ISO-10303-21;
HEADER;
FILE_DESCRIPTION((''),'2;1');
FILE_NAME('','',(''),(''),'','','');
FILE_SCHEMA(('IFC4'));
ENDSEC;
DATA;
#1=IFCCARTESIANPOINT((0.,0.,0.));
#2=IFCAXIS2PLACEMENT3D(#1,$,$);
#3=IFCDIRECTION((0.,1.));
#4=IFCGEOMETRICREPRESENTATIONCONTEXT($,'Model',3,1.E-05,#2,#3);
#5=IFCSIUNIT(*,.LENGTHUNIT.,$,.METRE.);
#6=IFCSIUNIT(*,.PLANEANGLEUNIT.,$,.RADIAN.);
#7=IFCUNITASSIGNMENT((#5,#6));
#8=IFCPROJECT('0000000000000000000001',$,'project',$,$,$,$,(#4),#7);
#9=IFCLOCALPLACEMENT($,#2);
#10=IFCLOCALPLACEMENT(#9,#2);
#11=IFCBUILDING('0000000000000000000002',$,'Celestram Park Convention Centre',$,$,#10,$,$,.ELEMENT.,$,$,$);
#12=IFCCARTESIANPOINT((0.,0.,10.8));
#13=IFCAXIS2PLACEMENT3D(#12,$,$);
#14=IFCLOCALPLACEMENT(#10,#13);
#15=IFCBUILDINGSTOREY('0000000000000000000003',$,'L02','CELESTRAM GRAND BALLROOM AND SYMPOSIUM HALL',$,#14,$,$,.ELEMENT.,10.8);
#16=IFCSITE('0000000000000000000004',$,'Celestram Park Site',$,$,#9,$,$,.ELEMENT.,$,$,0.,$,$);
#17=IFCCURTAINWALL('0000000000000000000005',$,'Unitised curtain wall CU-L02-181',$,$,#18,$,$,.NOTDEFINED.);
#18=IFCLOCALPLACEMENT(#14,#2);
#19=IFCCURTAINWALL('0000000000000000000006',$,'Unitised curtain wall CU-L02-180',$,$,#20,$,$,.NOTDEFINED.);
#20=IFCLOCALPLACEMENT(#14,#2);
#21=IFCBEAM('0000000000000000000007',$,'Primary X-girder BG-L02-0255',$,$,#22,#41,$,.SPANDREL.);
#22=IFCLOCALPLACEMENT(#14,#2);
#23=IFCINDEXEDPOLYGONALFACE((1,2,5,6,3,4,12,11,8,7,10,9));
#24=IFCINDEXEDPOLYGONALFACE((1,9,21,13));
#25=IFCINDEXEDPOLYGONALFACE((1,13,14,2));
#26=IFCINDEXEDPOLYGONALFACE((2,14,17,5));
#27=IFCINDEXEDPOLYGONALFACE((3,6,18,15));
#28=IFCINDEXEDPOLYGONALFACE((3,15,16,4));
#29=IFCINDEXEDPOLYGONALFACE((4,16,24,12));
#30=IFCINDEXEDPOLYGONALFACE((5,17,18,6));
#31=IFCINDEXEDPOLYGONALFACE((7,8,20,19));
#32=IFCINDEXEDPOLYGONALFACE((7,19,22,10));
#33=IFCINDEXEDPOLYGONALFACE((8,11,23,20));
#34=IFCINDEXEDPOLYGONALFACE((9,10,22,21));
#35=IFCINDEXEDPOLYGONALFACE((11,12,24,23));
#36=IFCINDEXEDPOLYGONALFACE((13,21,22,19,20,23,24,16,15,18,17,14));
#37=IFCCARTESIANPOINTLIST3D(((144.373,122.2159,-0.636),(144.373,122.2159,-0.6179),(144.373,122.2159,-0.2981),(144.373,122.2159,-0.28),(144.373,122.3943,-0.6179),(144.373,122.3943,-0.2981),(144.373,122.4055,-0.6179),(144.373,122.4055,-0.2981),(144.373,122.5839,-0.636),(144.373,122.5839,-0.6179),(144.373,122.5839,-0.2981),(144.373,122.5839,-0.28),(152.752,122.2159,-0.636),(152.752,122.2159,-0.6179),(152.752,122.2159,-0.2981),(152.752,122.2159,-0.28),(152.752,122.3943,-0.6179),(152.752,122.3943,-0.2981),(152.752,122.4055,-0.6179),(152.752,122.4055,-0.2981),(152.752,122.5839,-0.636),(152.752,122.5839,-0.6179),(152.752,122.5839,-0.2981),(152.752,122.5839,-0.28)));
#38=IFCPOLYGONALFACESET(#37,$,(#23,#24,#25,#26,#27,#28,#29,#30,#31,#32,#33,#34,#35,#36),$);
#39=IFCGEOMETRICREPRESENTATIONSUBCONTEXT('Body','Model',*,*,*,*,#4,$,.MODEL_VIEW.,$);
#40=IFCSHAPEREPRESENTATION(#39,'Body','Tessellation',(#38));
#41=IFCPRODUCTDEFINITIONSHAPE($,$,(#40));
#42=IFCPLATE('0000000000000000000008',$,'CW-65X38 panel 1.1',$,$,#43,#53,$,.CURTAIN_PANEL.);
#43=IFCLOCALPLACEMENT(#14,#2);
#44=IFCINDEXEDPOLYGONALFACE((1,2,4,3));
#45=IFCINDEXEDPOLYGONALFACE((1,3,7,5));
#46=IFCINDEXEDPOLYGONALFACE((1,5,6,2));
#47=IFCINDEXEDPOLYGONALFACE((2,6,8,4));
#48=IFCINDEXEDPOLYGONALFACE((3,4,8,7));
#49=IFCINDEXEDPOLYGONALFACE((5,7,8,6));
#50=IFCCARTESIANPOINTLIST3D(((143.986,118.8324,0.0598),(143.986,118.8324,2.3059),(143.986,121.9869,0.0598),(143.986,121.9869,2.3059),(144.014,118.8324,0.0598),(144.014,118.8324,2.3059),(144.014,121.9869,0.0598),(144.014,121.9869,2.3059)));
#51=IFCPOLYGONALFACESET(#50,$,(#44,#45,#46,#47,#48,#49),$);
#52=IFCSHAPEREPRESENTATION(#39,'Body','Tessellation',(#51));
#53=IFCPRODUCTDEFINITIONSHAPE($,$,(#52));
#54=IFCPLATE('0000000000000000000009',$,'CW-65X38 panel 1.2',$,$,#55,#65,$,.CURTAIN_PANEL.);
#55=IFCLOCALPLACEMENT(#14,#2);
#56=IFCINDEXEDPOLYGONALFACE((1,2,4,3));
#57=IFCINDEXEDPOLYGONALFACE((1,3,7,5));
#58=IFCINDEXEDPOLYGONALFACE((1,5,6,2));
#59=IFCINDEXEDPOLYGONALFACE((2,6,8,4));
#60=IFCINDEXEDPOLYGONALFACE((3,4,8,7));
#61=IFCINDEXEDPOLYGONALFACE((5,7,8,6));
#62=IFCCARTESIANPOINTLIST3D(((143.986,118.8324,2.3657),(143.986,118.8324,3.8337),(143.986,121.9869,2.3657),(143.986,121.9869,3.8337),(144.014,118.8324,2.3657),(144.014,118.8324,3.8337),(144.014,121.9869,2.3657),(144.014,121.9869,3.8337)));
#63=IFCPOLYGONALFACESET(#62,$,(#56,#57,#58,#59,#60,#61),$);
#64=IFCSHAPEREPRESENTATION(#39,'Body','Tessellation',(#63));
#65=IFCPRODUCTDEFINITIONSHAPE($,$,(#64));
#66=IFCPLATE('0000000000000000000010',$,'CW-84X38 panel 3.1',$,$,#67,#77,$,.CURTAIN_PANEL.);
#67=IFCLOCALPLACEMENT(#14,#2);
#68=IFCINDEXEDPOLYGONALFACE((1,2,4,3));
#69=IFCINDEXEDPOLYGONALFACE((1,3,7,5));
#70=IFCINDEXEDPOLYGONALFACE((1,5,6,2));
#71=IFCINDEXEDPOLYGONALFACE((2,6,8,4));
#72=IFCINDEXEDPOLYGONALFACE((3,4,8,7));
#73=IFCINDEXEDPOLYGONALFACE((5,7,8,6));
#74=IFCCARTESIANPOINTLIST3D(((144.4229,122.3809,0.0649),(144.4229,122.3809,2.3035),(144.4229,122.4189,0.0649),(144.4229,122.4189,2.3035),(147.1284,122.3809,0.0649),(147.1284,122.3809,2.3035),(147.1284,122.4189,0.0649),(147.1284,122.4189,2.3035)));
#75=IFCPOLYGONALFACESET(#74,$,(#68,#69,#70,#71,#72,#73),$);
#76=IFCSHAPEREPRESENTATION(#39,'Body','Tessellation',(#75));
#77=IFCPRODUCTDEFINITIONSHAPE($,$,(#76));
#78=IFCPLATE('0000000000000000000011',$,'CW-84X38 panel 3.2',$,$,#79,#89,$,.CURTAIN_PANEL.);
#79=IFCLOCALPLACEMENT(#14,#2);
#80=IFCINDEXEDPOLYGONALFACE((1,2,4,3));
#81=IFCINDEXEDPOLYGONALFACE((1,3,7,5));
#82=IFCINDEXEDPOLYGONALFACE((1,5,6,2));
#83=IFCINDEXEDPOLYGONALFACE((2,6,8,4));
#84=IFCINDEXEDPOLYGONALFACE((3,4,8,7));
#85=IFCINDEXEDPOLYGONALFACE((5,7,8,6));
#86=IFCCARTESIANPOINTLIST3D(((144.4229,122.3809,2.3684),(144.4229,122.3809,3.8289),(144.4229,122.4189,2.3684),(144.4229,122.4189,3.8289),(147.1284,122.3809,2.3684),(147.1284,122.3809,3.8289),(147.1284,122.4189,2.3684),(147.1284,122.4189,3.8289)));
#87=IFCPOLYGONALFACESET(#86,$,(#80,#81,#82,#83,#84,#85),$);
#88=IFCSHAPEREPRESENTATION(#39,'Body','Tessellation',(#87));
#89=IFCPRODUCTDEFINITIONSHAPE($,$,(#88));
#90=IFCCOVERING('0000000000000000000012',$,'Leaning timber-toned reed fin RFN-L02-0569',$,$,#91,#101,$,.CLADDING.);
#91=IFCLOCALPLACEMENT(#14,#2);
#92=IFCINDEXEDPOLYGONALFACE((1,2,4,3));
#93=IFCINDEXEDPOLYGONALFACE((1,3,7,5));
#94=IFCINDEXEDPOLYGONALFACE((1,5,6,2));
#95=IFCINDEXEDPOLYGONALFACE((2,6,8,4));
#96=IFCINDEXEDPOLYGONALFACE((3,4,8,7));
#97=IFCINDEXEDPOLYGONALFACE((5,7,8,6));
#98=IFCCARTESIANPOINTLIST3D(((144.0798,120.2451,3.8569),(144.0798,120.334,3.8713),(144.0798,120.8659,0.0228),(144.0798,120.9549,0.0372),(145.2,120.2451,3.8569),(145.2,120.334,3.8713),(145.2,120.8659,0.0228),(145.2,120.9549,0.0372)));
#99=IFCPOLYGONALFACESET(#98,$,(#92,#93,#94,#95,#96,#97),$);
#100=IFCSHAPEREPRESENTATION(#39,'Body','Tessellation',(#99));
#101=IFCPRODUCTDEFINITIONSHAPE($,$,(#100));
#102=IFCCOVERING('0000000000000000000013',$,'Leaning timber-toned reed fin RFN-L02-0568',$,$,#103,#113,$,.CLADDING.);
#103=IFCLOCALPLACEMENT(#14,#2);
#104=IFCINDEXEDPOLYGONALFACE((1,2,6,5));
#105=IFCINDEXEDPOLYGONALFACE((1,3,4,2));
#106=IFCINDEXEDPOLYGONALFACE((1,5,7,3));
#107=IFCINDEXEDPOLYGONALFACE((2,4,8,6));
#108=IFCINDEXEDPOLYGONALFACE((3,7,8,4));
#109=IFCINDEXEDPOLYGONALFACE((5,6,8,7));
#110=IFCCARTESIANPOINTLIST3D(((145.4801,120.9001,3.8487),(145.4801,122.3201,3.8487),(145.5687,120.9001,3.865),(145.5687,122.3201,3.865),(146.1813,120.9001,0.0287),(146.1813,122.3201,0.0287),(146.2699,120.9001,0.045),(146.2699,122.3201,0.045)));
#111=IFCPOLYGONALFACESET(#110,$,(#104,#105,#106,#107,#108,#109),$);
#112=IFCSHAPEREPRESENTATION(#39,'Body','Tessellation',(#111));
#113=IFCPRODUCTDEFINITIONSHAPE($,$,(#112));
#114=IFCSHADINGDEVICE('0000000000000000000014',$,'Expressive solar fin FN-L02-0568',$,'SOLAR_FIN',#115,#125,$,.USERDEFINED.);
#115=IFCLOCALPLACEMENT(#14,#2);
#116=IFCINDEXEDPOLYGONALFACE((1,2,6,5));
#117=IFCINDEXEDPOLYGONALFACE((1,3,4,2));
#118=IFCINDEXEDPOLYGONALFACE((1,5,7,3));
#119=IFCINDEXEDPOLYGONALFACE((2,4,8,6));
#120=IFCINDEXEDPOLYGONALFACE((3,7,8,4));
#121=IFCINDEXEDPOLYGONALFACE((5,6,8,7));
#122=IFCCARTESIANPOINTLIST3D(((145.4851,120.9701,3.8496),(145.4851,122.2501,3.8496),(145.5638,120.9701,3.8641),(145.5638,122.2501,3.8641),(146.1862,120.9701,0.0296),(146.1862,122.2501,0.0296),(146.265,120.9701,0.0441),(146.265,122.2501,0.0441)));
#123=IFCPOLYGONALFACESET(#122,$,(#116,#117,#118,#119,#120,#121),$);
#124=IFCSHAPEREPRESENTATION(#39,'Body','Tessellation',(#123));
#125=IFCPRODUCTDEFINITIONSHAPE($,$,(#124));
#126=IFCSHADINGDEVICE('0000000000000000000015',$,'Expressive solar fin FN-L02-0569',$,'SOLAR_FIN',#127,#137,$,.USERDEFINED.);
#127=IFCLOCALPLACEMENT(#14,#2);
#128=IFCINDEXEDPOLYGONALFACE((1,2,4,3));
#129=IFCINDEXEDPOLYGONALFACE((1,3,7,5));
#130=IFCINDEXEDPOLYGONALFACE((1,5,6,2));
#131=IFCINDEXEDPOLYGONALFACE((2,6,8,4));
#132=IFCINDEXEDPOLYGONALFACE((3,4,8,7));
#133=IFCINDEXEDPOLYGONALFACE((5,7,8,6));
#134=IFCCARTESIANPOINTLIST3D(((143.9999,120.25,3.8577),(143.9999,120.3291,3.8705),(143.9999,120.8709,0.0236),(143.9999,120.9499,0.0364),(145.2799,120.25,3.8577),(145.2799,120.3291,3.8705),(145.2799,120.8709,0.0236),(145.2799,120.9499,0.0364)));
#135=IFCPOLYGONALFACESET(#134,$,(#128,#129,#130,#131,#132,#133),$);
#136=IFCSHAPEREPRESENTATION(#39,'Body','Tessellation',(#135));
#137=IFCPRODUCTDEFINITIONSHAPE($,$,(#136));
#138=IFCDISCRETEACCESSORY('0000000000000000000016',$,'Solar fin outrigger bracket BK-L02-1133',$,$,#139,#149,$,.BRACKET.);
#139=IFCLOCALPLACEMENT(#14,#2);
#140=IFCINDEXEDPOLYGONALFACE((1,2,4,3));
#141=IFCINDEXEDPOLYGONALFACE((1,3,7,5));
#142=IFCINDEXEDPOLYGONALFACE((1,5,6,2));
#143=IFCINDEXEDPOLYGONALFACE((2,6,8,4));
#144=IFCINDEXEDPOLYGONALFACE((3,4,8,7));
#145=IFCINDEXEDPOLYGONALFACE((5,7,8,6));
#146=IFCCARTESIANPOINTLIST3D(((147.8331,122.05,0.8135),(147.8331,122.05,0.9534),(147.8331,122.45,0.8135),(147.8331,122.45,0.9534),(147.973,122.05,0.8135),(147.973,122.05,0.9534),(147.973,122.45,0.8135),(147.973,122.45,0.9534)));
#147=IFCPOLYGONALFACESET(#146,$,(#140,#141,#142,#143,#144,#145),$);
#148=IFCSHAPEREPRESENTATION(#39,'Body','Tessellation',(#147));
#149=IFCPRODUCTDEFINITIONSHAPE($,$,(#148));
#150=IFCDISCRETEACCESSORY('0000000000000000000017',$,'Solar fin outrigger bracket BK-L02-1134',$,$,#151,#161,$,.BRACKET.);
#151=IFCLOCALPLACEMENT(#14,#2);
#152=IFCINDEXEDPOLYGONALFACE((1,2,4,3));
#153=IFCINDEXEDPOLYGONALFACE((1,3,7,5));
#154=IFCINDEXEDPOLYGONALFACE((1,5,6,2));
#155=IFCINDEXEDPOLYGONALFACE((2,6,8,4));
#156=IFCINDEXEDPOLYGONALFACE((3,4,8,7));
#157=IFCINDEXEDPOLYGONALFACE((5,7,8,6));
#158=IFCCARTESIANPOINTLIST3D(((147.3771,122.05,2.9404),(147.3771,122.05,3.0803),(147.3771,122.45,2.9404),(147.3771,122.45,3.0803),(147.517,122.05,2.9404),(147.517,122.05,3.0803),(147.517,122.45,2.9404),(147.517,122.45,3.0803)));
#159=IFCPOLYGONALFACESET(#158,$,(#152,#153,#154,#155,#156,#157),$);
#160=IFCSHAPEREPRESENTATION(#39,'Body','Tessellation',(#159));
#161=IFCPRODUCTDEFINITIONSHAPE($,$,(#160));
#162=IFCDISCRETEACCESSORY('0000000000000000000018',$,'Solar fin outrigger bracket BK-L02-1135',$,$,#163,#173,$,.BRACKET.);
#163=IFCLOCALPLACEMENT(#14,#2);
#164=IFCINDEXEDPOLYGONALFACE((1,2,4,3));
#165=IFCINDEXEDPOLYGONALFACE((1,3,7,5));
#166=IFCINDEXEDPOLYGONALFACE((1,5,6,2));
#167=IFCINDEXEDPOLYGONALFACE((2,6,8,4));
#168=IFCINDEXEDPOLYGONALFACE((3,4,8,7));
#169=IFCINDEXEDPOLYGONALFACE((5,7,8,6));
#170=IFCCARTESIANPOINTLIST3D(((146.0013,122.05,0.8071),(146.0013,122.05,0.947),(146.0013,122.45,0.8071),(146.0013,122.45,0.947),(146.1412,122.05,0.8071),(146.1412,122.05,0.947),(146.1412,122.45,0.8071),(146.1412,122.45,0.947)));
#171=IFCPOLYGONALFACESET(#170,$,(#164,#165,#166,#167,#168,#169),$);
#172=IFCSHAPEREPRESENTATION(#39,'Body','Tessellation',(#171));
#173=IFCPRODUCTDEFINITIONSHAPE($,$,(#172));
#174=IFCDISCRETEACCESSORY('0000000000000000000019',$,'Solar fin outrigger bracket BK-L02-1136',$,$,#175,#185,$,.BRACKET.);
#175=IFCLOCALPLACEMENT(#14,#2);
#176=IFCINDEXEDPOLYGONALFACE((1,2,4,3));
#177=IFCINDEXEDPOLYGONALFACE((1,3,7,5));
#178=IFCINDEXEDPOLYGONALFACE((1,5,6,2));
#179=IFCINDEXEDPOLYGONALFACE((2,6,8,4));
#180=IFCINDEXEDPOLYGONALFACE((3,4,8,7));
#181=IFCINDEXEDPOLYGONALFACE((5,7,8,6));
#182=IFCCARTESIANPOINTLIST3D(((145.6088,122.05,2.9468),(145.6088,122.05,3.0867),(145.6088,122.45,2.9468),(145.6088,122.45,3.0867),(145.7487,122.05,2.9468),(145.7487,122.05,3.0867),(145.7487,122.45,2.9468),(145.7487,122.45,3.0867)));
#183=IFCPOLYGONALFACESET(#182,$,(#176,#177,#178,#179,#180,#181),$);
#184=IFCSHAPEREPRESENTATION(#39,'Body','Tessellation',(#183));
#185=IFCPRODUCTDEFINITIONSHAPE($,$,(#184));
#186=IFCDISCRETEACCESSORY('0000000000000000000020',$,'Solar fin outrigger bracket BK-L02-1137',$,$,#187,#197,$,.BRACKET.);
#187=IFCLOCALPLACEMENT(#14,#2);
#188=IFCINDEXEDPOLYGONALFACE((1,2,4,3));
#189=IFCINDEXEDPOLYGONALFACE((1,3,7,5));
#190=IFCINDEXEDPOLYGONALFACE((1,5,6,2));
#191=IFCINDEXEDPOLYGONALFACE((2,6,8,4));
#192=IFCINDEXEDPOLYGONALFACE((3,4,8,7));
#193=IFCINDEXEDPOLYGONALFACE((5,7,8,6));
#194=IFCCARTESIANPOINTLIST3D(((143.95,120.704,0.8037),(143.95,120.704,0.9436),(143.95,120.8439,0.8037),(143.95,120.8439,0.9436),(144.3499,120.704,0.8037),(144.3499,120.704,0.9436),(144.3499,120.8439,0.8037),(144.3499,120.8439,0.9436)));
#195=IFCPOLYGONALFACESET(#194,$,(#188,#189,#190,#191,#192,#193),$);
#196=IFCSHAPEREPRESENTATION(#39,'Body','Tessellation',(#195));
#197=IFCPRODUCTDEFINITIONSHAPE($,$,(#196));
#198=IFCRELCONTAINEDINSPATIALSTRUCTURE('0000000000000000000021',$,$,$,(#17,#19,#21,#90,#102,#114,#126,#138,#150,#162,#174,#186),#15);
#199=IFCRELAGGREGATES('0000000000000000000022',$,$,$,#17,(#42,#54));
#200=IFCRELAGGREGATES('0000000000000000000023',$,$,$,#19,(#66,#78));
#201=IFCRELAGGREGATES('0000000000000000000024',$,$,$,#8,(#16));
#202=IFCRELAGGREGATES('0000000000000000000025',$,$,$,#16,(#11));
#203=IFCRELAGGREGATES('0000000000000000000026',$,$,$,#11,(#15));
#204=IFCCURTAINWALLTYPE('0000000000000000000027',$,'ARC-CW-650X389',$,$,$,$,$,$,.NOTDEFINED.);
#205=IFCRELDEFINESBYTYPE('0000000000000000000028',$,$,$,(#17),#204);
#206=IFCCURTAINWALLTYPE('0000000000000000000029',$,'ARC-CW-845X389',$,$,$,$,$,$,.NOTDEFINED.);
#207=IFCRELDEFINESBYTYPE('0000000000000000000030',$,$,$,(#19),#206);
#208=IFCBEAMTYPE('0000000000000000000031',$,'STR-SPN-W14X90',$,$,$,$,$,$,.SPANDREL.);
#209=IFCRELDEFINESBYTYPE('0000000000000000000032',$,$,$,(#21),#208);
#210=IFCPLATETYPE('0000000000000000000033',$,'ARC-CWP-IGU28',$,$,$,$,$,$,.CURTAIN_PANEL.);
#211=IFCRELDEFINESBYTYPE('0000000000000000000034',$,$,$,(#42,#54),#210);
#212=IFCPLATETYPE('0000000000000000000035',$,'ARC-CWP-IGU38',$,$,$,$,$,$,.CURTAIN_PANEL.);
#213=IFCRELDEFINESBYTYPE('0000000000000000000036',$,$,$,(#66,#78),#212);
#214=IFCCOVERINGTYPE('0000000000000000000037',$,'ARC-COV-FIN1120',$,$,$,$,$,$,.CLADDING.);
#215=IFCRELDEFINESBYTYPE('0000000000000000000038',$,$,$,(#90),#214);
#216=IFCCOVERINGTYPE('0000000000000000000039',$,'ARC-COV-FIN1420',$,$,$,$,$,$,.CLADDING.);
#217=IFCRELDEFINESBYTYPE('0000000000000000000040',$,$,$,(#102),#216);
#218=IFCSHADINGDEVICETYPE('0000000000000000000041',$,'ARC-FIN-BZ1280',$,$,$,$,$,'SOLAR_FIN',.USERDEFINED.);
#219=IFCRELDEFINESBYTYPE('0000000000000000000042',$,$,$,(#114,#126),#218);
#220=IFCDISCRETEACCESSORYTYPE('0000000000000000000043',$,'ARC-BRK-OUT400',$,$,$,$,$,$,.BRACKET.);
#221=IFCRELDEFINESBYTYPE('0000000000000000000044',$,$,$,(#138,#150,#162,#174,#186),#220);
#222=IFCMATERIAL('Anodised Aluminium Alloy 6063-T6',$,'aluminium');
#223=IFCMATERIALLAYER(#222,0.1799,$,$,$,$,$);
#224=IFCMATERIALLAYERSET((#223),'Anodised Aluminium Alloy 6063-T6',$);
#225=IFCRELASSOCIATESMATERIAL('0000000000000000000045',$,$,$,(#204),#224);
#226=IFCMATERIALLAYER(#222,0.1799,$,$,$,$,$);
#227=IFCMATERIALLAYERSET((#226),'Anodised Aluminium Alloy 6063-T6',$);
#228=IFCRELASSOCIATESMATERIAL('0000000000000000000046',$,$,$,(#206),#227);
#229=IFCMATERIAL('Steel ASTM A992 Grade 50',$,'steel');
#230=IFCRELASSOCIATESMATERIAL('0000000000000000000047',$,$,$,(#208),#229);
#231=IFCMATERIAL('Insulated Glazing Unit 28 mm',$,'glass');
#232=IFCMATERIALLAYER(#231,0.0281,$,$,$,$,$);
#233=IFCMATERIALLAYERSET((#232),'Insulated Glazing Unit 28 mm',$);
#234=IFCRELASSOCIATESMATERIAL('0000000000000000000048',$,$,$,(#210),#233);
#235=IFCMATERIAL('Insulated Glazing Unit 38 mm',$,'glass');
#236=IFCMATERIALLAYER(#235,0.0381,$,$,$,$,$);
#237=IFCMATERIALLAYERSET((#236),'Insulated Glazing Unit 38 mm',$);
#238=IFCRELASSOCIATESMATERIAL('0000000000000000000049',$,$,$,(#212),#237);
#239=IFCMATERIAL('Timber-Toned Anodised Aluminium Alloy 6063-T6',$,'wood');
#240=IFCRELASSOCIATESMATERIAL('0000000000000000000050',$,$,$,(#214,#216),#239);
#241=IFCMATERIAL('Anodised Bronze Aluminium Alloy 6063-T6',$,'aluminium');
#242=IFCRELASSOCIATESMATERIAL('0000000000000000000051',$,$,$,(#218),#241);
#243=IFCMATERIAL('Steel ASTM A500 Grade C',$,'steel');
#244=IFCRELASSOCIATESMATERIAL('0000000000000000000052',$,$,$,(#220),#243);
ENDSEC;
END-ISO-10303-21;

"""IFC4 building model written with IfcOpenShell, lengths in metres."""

from ifc_helpers import new_model, si_unit, direction, frame, origin, origin_2d, place, context, subcontext, project, spatial, rectangle, i_section, extrude, material, layer, layer_set, material_profile, profile_set, type_object, element, aggregate, save


model = new_model("IFC4")

# Units and contexts
model_context = context("Model", 3, precision=1e-05, world=origin(), true_north=direction((0.0, 1.0)))
body_context = subcontext(model_context, "Body", "Model", "MODEL_VIEW")
ifc_project = project(units=[si_unit("LENGTHUNIT", "METRE"), si_unit("PLANEANGLEUNIT", "RADIAN")], contexts=[model_context])

# Site, building, storey
site_placement = place(None, origin())
site = spatial("IfcSite", under=ifc_project, at=site_placement, Name="Celestram Park Site", CompositionType="ELEMENT", RefElevation=0.0)
building_placement = place(site_placement, origin())
building = spatial("IfcBuilding", under=site, at=building_placement, Name="Celestram Park Convention Centre", CompositionType="ELEMENT")
storey_placement = place(building_placement, frame((0.0, 0.0, 10.8)))
storey = spatial("IfcBuildingStorey", under=building, at=storey_placement, Name="L02", Description="CELESTRAM GRAND BALLROOM AND SYMPOSIUM HALL", CompositionType="ELEMENT", Elevation=10.8)

# Curtain wall
ifc_material_1 = material(Name="Anodised Aluminium Alloy 6063-T6", Category="aluminium")
ifc_layer_1 = layer(ifc_material_1, 0.1799)
ifc_layer_set_1 = layer_set([ifc_layer_1], Name="Anodised Aluminium Alloy 6063-T6")
curtain_wall_type_1 = type_object("IfcCurtainWallType", Name="ARC-CW-650X389", PredefinedType="NOTDEFINED", material=ifc_layer_set_1)
curtain_wall_1_placement = place(storey_placement, origin())
curtain_wall_1 = element("IfcCurtainWall", 1, at=curtain_wall_1_placement, inside=storey, type_object=curtain_wall_type_1, Name="Unitised curtain wall CU-L02-181", PredefinedType="NOTDEFINED")

# Curtain wall
ifc_layer_2 = layer(ifc_material_1, 0.1799)
ifc_layer_set_2 = layer_set([ifc_layer_2], Name="Anodised Aluminium Alloy 6063-T6")
curtain_wall_type_2 = type_object("IfcCurtainWallType", Name="ARC-CW-845X389", PredefinedType="NOTDEFINED", material=ifc_layer_set_2)
curtain_wall_2_placement = place(storey_placement, origin())
curtain_wall_2 = element("IfcCurtainWall", 2, at=curtain_wall_2_placement, inside=storey, type_object=curtain_wall_type_2, Name="Unitised curtain wall CU-L02-180", PredefinedType="NOTDEFINED")

# Beam
ifc_material_2 = material(Name="Steel ASTM A992 Grade 50", Category="steel")
ifc_material_profile_1 = material_profile(ifc_material_2, i_section(OverallWidth=0.3679, OverallDepth=0.356, WebThickness=0.0112, FlangeThickness=0.0181, at=origin_2d()), Name="W14X90")
ifc_profile_set_1 = profile_set([ifc_material_profile_1], Name="Steel ASTM A992 Grade 50")
beam_type = type_object("IfcBeamType", Name="STR-SPN-W14X90", PredefinedType="SPANDREL", material=ifc_profile_set_1)
beam_placement = place(storey_placement, frame((144.373, 122.3999, -0.458), z_axis=(1.0, 0.0, 0.0), x_axis=(0.0, 1.0, 0.0)))
element("IfcBeam", 3, at=beam_placement, inside=storey, type_object=beam_type, Name="Primary X-girder BG-L02-0255", PredefinedType="SPANDREL", context=body_context, shape_type="SweptSolid", body=[
    extrude(i_section(OverallWidth=0.3679, OverallDepth=0.356, WebThickness=0.0112, FlangeThickness=0.0181, at=origin_2d()), origin(), (0.0, 0.0, 1.0), 8.3789),
])

# Plates
ifc_material_3 = material(Name="Insulated Glazing Unit 28 mm", Category="glass")
ifc_layer_3 = layer(ifc_material_3, 0.0281)
ifc_layer_set_3 = layer_set([ifc_layer_3], Name="Insulated Glazing Unit 28 mm")
plate_type_1 = type_object("IfcPlateType", Name="ARC-CWP-IGU28", PredefinedType="CURTAIN_PANEL", material=ifc_layer_set_3)
plate_1_placement = place(storey_placement, frame((144.0, 120.4097, 0.0598), z_axis=(0.0, 0.0, 1.0), x_axis=(0.0, -1.0, 0.0)))
plate_1 = element("IfcPlate", 4, at=plate_1_placement, type_object=plate_type_1, Name="CW-65X38 panel 1.1", PredefinedType="CURTAIN_PANEL", context=body_context, shape_type="SweptSolid", body=[
    extrude(rectangle(XDim=3.1545, YDim=0.0281, at=origin_2d()), origin(), (0.0, 0.0, 1.0), 2.2461),
])
plate_2_placement = place(storey_placement, frame((144.0, 120.4097, 2.3657), z_axis=(0.0, 0.0, 1.0), x_axis=(0.0, -1.0, 0.0)))
plate_2 = element("IfcPlate", 5, at=plate_2_placement, type_object=plate_type_1, Name="CW-65X38 panel 1.2", PredefinedType="CURTAIN_PANEL", context=body_context, shape_type="SweptSolid", body=[
    extrude(rectangle(XDim=3.1545, YDim=0.0281, at=origin_2d()), origin(), (0.0, 0.0, 1.0), 1.468),
])
aggregate(curtain_wall_1, [plate_1, plate_2])
ifc_material_4 = material(Name="Insulated Glazing Unit 38 mm", Category="glass")
ifc_layer_4 = layer(ifc_material_4, 0.0381)
ifc_layer_set_4 = layer_set([ifc_layer_4], Name="Insulated Glazing Unit 38 mm")
plate_type_2 = type_object("IfcPlateType", Name="ARC-CWP-IGU38", PredefinedType="CURTAIN_PANEL", material=ifc_layer_set_4)
plate_3_placement = place(storey_placement, frame((145.7756, 122.3999, 0.0649), z_axis=(0.0, 0.0, 1.0), x_axis=(-1.0, 0.0, 0.0)))
plate_3 = element("IfcPlate", 6, at=plate_3_placement, type_object=plate_type_2, Name="CW-84X38 panel 3.1", PredefinedType="CURTAIN_PANEL", context=body_context, shape_type="SweptSolid", body=[
    extrude(rectangle(XDim=2.7056, YDim=0.0381, at=origin_2d()), origin(), (0.0, 0.0, 1.0), 2.2385),
])
plate_4_placement = place(storey_placement, frame((145.7756, 122.3999, 2.3684), z_axis=(0.0, 0.0, 1.0), x_axis=(-1.0, 0.0, 0.0)))
plate_4 = element("IfcPlate", 7, at=plate_4_placement, type_object=plate_type_2, Name="CW-84X38 panel 3.2", PredefinedType="CURTAIN_PANEL", context=body_context, shape_type="SweptSolid", body=[
    extrude(rectangle(XDim=2.7056, YDim=0.0381, at=origin_2d()), origin(), (0.0, 0.0, 1.0), 1.4604),
])
aggregate(curtain_wall_2, [plate_3, plate_4])

# Coverings
ifc_material_5 = material(Name="Timber-Toned Anodised Aluminium Alloy 6063-T6", Category="wood")
ifc_material_profile_2 = material_profile(ifc_material_5, rectangle(XDim=1.1201, YDim=0.0901, at=origin_2d()), Name="REED1120X90")
ifc_profile_set_2 = profile_set([ifc_material_profile_2], Name="Timber-Toned Anodised Aluminium Alloy 6063-T6")
covering_type_1 = type_object("IfcCoveringType", Name="ARC-COV-FIN1120", PredefinedType="CLADDING", material=ifc_profile_set_2)
covering_1_placement = place(storey_placement, frame((144.6399, 120.9104, 0.03), z_axis=(0.0, -0.159851, 0.987141), x_axis=(1.0, 0.0, 0.0)))
element("IfcCovering", 8, at=covering_1_placement, inside=storey, type_object=covering_type_1, Name="Leaning timber-toned reed fin RFN-L02-0569", PredefinedType="CLADDING", context=body_context, shape_type="SweptSolid", body=[
    extrude(rectangle(XDim=1.1201, YDim=0.0901, at=origin_2d()), origin(), (0.0, 0.0, 1.0), 3.884),
])
ifc_material_profile_3 = material_profile(ifc_material_5, rectangle(XDim=1.4199, YDim=0.0901, at=origin_2d()), Name="REED1420X90")
ifc_profile_set_3 = profile_set([ifc_material_profile_3], Name="Timber-Toned Anodised Aluminium Alloy 6063-T6")
covering_type_2 = type_object("IfcCoveringType", Name="ARC-COV-FIN1420", PredefinedType="CLADDING", material=ifc_profile_set_3)
covering_2_placement = place(storey_placement, frame((146.2256, 121.6101, 0.0369), z_axis=(-0.180534, 0.0, 0.983569), x_axis=(0.0, -1.0, 0.0)))
element("IfcCovering", 9, at=covering_2_placement, inside=storey, type_object=covering_type_2, Name="Leaning timber-toned reed fin RFN-L02-0568", PredefinedType="CLADDING", context=body_context, shape_type="SweptSolid", body=[
    extrude(rectangle(XDim=1.4199, YDim=0.0901, at=origin_2d()), origin(), (0.0, 0.0, 1.0), 3.8838),
])

# Shading devices
ifc_material_6 = material(Name="Anodised Bronze Aluminium Alloy 6063-T6", Category="aluminium")
ifc_material_profile_4 = material_profile(ifc_material_6, rectangle(XDim=1.28, YDim=0.0801, at=origin_2d()), Name="FIN1280X80")
ifc_profile_set_4 = profile_set([ifc_material_profile_4], Name="Anodised Bronze Aluminium Alloy 6063-T6")
shading_device_type = type_object("IfcShadingDeviceType", Name="ARC-FIN-BZ1280", ElementType="SOLAR_FIN", PredefinedType="USERDEFINED", material=ifc_profile_set_4)
shading_device_1_placement = place(storey_placement, frame((146.2256, 121.6101, 0.0369), z_axis=(-0.180534, 0.0, 0.983569), x_axis=(0.0, -1.0, 0.0)))
element("IfcShadingDevice", 10, at=shading_device_1_placement, inside=storey, type_object=shading_device_type, Name="Expressive solar fin FN-L02-0568", ObjectType="SOLAR_FIN", PredefinedType="USERDEFINED", context=body_context, shape_type="SweptSolid", body=[
    extrude(rectangle(XDim=1.28, YDim=0.0801, at=origin_2d()), origin(), (0.0, 0.0, 1.0), 3.8838),
])
shading_device_2_placement = place(storey_placement, frame((144.6399, 120.9104, 0.03), z_axis=(0.0, -0.159851, 0.987141), x_axis=(1.0, 0.0, 0.0)))
element("IfcShadingDevice", 11, at=shading_device_2_placement, inside=storey, type_object=shading_device_type, Name="Expressive solar fin FN-L02-0569", ObjectType="SOLAR_FIN", PredefinedType="USERDEFINED", context=body_context, shape_type="SweptSolid", body=[
    extrude(rectangle(XDim=1.28, YDim=0.0801, at=origin_2d()), origin(), (0.0, 0.0, 1.0), 3.884),
])

# Discrete accessories
ifc_material_7 = material(Name="Steel ASTM A500 Grade C", Category="steel")
discrete_accessory_type = type_object("IfcDiscreteAccessoryType", Name="ARC-BRK-OUT400", PredefinedType="BRACKET", material=ifc_material_7)
for number, where, z_axis, x_axis, name in (
    (12, (147.9031, 122.25, 0.8135), (0.0, 0.0, 1.0), (0.0, -1.0, 0.0), "Solar fin outrigger bracket BK-L02-1133"),
    (13, (147.447, 122.25, 2.9404), (0.0, 0.0, 1.0), (0.0, -1.0, 0.0), "Solar fin outrigger bracket BK-L02-1134"),
    (14, (146.0713, 122.25, 0.8071), (0.0, 0.0, 1.0), (0.0, -1.0, 0.0), "Solar fin outrigger bracket BK-L02-1135"),
    (15, (145.6787, 122.25, 2.9468), (0.0, 0.0, 1.0), (0.0, -1.0, 0.0), "Solar fin outrigger bracket BK-L02-1136"),
    (16, (144.1499, 120.7739, 0.8037), (0.0, 0.0, 1.0), (1.0, 0.0, 0.0), "Solar fin outrigger bracket BK-L02-1137"),
):
    element("IfcDiscreteAccessory", number, at=place(storey_placement, frame(where, z_axis=z_axis, x_axis=x_axis)), inside=storey, type_object=discrete_accessory_type, Name=name, PredefinedType="BRACKET", context=body_context, shape_type="SweptSolid", body=[
        extrude(rectangle(XDim=0.3999, YDim=0.1399, at=origin_2d()), origin(), (0.0, 0.0, 1.0), 0.1399),
    ])

save(model, "model.ifc")
